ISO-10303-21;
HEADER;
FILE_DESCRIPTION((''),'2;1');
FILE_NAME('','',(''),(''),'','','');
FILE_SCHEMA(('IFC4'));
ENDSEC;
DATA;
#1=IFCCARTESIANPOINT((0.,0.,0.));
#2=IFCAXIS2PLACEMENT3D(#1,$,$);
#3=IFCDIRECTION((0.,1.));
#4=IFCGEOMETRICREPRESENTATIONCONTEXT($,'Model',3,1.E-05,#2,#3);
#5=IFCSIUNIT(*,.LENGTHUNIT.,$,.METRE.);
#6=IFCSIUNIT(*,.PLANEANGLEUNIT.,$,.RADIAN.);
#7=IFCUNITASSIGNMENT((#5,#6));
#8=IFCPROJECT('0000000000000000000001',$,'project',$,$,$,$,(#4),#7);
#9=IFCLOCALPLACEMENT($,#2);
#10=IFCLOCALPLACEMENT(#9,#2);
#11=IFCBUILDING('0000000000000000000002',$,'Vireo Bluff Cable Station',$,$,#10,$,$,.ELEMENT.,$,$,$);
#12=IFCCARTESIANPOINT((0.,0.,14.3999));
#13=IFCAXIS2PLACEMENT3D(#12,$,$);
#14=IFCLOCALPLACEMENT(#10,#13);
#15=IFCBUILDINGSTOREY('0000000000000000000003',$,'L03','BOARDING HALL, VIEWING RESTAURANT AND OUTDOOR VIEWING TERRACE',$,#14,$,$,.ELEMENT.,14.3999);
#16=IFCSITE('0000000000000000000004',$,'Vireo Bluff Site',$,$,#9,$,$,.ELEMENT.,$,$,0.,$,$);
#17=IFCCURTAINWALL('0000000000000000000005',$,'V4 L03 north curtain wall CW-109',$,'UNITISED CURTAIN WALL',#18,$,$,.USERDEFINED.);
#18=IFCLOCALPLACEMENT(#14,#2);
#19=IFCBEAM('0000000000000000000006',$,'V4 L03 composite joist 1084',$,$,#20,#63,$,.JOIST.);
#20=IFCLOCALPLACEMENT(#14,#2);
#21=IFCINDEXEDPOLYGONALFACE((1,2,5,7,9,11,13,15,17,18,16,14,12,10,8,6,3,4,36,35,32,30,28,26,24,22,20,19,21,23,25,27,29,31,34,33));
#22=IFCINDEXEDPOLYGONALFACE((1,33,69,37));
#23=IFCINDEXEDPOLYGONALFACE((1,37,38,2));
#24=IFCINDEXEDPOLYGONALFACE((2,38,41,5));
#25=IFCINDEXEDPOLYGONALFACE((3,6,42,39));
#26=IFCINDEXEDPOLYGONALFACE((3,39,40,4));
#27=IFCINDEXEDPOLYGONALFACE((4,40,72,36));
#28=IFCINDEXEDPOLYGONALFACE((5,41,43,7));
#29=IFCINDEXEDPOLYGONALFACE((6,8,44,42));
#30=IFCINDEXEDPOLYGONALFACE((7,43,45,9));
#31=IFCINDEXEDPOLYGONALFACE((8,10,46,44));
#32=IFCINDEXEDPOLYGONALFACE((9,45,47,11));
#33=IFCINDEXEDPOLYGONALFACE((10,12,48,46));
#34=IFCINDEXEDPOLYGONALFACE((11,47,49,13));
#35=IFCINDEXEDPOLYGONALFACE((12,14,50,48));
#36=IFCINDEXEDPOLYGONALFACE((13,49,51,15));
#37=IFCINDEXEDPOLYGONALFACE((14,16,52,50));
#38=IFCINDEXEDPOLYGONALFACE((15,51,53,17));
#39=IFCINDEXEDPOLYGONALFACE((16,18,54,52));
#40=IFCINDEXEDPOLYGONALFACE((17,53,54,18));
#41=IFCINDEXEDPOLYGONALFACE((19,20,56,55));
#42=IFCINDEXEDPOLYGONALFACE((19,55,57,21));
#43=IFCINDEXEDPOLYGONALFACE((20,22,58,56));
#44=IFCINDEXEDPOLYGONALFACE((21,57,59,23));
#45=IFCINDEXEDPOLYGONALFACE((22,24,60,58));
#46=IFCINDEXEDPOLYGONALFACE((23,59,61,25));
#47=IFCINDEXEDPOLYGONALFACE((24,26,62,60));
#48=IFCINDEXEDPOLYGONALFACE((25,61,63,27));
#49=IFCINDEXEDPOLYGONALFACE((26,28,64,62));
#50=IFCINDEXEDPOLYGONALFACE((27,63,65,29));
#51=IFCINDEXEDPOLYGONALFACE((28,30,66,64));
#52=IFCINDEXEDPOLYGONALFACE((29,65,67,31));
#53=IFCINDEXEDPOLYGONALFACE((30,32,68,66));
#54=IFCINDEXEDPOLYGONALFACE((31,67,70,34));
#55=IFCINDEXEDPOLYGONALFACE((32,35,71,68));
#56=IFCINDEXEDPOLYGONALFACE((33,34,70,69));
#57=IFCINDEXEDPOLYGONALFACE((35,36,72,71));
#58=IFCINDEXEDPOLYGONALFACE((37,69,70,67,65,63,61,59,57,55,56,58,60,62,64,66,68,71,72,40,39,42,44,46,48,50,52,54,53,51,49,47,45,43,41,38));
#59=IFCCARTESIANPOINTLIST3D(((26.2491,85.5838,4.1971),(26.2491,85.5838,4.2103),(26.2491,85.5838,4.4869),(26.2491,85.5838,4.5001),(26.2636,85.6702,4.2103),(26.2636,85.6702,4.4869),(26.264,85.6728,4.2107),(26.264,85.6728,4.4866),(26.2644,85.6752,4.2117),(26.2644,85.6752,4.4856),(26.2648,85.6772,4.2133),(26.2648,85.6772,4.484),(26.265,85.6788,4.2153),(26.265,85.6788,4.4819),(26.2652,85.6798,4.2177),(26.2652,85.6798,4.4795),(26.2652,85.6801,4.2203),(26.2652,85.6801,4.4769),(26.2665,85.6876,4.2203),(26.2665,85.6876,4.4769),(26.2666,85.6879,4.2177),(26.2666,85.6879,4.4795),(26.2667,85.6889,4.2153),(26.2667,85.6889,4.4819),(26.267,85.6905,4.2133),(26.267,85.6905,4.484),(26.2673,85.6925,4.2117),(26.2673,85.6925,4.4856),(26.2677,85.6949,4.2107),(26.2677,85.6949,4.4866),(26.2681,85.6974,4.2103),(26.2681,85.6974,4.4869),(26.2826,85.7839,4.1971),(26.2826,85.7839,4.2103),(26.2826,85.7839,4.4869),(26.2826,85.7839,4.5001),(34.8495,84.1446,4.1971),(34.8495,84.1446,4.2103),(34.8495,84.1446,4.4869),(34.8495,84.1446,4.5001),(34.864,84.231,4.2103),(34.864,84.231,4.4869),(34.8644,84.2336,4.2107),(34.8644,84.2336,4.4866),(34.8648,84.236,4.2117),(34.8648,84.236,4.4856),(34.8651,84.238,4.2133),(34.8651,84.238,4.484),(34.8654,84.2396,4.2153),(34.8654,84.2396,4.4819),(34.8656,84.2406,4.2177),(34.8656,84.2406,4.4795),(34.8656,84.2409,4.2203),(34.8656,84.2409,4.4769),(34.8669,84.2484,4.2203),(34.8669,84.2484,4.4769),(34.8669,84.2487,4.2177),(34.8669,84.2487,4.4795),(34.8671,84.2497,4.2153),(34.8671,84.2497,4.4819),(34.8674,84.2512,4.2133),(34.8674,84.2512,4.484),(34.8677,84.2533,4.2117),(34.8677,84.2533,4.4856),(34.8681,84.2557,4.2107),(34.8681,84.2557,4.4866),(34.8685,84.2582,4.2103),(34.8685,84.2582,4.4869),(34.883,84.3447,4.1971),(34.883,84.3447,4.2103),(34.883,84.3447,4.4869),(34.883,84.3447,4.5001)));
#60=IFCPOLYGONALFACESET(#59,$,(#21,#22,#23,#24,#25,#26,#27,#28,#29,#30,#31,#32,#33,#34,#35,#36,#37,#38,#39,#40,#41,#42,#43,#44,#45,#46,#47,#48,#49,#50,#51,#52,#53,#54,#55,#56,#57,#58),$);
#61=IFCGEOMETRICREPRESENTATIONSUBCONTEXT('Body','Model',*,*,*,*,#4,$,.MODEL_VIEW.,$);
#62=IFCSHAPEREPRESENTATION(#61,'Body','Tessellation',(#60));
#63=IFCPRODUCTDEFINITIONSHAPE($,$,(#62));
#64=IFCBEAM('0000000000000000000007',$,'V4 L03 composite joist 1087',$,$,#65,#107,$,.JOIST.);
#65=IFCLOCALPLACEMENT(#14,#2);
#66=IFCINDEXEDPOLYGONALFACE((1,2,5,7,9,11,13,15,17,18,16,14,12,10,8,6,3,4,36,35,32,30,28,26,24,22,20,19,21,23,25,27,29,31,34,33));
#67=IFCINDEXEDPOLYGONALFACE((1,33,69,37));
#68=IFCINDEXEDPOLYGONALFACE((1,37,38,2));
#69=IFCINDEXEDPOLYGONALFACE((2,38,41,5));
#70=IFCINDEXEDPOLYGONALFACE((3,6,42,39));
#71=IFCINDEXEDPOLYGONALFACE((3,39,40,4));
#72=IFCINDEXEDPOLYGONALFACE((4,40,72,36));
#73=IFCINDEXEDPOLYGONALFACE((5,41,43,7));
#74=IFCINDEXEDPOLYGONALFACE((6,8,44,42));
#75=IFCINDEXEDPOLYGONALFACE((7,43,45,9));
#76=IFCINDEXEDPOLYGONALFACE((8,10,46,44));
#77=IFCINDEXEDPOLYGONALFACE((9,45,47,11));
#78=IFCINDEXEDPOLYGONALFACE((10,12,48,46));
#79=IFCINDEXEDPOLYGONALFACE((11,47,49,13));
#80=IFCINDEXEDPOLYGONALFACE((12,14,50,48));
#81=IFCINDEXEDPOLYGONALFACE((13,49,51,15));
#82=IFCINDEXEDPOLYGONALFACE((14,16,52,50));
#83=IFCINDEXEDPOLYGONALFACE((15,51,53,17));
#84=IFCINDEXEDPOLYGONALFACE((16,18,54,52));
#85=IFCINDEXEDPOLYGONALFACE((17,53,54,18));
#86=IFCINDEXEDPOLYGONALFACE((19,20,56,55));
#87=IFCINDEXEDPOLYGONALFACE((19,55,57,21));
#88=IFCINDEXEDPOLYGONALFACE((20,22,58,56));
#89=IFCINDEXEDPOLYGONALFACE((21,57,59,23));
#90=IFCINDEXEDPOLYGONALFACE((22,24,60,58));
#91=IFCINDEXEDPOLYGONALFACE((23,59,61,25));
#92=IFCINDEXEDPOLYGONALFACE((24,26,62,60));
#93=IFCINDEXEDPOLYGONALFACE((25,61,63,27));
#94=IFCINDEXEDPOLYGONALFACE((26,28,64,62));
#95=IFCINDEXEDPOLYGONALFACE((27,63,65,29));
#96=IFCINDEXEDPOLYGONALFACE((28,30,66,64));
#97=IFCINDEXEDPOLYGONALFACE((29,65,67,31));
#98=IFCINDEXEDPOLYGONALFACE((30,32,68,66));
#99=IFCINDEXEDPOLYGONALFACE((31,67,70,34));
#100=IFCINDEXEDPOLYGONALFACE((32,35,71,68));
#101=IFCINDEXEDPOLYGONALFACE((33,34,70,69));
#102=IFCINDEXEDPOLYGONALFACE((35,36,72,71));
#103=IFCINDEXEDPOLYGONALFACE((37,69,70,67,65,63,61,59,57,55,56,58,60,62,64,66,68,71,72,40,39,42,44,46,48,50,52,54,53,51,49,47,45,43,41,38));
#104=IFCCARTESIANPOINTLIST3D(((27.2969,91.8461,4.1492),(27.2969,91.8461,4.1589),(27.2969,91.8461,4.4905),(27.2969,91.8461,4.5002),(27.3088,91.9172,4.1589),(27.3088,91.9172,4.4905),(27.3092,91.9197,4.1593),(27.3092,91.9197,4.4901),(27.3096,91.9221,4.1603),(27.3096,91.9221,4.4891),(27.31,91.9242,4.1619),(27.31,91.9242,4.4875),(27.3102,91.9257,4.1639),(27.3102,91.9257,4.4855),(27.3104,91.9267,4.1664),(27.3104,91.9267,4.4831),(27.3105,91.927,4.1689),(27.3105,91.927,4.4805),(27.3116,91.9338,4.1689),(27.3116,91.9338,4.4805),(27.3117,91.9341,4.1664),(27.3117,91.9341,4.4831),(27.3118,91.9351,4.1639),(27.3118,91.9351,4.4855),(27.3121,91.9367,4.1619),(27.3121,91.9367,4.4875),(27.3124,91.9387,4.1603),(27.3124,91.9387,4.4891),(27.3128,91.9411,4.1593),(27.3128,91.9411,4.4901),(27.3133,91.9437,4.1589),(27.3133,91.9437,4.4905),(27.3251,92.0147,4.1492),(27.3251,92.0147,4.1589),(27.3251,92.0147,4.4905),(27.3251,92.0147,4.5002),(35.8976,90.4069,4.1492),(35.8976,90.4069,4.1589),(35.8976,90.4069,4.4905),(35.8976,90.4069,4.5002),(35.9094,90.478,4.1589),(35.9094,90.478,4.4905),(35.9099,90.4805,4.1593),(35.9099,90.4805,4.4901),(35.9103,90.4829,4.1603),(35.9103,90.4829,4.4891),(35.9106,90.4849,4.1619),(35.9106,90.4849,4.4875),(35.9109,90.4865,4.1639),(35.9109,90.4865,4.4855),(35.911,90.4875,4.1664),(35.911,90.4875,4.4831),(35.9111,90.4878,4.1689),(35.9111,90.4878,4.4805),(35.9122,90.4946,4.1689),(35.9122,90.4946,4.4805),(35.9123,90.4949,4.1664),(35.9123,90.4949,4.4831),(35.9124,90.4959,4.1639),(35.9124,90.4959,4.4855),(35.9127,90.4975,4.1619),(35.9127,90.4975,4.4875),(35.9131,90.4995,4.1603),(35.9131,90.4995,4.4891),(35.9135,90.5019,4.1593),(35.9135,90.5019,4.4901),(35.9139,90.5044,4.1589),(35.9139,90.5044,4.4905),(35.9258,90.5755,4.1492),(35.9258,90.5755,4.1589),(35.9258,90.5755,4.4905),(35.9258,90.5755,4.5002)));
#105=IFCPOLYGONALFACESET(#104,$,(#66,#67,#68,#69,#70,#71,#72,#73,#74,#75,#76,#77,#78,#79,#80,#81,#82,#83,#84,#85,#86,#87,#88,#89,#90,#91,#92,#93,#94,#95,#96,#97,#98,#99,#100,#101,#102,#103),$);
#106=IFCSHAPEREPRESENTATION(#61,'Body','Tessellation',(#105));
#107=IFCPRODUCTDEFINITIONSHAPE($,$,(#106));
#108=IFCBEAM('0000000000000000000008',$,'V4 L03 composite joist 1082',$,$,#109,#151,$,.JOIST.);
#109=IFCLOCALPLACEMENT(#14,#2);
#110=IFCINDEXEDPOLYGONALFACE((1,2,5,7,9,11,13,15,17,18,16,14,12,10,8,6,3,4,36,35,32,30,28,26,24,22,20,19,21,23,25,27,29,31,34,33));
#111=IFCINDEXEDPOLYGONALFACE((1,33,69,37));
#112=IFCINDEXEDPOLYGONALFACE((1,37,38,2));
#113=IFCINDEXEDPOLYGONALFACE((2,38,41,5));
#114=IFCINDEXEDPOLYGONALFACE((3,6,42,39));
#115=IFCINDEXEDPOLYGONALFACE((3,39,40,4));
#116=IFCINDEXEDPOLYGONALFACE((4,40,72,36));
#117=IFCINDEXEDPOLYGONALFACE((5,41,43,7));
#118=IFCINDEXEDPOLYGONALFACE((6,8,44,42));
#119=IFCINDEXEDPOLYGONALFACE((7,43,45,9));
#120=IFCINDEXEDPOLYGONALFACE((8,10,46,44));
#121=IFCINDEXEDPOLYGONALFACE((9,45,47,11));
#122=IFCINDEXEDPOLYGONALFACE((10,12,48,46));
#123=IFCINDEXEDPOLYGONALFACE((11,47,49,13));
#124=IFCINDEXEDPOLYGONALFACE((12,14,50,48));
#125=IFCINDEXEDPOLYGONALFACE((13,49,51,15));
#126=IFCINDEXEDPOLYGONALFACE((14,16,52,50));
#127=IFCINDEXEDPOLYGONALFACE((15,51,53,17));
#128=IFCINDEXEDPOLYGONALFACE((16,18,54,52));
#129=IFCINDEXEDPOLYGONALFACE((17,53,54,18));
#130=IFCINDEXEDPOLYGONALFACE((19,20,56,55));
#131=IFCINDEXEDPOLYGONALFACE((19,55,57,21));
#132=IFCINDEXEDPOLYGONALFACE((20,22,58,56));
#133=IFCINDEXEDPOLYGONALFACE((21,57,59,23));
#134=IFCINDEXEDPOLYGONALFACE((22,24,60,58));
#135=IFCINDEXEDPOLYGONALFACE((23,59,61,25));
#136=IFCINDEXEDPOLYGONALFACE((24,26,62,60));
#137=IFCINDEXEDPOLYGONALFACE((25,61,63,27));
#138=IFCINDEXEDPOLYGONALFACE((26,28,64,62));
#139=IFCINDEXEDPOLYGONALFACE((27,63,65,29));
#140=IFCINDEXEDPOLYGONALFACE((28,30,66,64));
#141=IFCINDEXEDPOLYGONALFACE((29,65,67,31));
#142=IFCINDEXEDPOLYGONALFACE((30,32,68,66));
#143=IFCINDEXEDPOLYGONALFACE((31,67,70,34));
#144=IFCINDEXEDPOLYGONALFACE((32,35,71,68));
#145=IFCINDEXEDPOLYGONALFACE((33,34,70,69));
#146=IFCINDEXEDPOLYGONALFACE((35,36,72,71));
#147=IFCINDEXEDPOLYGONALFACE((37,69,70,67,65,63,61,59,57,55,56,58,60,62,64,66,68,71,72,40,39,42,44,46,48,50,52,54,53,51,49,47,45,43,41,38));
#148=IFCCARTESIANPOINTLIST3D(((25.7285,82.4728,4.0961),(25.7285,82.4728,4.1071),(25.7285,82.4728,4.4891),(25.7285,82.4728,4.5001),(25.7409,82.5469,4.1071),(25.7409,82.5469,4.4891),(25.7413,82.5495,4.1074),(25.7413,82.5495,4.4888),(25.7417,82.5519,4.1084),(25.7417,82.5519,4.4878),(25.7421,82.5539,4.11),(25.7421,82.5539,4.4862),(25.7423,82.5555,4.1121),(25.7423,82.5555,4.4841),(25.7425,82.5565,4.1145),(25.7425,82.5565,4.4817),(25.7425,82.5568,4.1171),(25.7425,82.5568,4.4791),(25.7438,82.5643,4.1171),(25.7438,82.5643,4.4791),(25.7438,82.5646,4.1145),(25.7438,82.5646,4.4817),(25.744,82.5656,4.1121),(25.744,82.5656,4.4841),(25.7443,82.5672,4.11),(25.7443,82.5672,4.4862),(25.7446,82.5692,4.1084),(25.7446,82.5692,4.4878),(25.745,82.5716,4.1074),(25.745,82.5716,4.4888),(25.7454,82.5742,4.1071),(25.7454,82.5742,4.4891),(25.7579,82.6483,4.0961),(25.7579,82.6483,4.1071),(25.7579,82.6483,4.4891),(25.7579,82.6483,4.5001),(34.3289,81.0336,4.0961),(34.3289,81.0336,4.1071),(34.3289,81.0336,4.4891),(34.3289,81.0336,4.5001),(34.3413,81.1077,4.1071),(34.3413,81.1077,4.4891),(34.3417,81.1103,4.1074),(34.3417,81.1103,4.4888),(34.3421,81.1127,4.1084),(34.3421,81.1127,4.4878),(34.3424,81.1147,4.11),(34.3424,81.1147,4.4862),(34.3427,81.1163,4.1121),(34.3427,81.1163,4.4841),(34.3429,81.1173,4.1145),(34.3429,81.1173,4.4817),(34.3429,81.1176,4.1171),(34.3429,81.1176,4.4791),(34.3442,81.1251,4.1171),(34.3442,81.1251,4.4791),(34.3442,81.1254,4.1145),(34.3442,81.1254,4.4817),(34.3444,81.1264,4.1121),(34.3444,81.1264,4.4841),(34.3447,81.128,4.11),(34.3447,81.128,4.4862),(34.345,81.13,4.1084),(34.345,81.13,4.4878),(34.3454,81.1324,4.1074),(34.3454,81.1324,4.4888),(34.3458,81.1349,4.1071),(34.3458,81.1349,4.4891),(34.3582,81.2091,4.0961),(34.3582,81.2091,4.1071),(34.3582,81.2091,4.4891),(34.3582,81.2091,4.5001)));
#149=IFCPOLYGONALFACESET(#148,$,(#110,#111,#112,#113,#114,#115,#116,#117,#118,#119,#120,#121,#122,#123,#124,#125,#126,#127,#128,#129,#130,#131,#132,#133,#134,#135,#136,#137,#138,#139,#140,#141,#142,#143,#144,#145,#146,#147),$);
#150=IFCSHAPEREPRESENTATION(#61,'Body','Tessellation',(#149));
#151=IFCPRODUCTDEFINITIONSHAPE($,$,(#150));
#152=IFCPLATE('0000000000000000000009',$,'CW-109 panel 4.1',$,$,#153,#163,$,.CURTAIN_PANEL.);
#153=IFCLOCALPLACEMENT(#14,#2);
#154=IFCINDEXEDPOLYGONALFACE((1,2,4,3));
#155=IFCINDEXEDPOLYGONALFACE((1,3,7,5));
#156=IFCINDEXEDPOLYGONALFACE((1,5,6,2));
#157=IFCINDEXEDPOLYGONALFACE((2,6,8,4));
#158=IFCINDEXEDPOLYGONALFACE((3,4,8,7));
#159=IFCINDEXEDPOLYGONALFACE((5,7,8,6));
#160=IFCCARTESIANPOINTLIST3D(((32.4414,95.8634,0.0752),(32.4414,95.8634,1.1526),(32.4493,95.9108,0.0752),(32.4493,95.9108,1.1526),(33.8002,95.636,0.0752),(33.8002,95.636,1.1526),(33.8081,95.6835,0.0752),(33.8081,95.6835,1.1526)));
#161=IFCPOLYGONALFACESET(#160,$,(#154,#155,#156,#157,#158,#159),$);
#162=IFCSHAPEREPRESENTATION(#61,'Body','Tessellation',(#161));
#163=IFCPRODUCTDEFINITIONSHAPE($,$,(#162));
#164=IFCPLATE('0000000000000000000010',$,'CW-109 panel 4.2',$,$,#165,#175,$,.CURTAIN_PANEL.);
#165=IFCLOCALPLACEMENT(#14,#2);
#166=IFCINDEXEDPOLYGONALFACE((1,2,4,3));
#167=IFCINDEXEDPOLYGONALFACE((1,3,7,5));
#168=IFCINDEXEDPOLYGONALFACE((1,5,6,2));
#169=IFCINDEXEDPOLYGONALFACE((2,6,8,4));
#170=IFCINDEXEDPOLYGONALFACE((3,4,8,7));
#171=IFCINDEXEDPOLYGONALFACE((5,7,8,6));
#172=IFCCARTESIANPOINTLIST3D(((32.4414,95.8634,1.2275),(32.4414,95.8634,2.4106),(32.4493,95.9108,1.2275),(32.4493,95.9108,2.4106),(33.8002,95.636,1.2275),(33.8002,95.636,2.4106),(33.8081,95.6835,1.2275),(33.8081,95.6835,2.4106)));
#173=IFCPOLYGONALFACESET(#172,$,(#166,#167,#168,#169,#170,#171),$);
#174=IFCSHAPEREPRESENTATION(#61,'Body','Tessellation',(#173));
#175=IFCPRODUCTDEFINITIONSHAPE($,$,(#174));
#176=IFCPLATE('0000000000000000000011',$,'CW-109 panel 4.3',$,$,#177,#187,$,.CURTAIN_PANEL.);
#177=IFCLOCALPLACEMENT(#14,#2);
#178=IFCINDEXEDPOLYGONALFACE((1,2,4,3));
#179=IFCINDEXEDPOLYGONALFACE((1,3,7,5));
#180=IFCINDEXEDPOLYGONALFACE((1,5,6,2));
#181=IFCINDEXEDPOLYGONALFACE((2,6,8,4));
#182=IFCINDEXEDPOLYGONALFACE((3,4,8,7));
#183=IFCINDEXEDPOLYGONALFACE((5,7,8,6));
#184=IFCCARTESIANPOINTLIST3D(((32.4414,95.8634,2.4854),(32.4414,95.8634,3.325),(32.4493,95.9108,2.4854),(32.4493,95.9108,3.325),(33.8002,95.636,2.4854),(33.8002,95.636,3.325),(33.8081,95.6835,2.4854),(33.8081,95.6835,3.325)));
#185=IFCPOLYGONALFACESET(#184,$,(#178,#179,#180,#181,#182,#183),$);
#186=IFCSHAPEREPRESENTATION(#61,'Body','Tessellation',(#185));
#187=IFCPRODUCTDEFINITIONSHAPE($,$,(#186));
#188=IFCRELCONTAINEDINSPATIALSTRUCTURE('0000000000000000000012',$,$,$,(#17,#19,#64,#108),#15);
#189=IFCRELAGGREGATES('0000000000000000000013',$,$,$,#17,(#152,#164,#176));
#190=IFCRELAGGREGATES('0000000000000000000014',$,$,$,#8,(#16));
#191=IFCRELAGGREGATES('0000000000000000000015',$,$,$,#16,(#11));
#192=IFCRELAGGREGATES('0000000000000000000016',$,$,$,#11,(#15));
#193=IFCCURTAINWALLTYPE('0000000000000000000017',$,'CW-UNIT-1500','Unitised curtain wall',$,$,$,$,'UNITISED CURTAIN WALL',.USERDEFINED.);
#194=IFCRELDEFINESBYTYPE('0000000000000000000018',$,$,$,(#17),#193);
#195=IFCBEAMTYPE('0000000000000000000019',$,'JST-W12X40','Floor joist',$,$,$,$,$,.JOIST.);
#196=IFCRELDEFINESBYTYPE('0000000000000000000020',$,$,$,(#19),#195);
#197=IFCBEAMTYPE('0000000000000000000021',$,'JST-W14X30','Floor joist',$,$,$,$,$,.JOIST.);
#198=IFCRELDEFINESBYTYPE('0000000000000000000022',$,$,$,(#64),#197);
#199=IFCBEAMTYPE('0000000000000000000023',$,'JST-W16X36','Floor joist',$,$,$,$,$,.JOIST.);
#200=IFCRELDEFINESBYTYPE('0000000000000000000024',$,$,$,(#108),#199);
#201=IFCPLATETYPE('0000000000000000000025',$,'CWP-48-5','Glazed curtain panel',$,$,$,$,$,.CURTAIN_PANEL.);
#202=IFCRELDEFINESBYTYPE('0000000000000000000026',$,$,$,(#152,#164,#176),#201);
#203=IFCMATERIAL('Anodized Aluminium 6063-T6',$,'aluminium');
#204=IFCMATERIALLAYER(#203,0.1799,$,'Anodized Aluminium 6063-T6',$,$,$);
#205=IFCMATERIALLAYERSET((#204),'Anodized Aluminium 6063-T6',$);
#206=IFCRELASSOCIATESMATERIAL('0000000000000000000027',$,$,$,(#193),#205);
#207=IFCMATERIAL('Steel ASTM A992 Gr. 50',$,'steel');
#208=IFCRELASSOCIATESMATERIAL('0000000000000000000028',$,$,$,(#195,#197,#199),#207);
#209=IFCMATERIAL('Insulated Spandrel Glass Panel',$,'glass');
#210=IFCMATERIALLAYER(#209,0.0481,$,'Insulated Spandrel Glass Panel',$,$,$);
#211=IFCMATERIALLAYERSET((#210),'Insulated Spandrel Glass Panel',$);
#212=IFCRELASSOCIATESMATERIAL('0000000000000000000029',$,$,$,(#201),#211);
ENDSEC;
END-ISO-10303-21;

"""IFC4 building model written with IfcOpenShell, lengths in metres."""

from ifc_helpers import new_model, si_unit, direction, frame, origin, origin_2d, place, context, subcontext, project, spatial, rectangle, i_section, extrude, material, layer, layer_set, material_profile, profile_set, type_object, element, aggregate, save


model = new_model("IFC4")

# Units and contexts
model_context = context("Model", 3, precision=1e-05, world=origin(), true_north=direction((0.0, 1.0)))
body_context = subcontext(model_context, "Body", "Model", "MODEL_VIEW")
ifc_project = project(units=[si_unit("LENGTHUNIT", "METRE"), si_unit("PLANEANGLEUNIT", "RADIAN")], contexts=[model_context])

# Site, building, storey
site_placement = place(None, origin())
site = spatial("IfcSite", under=ifc_project, at=site_placement, Name="Vireo Bluff Site", CompositionType="ELEMENT", RefElevation=0.0)
building_placement = place(site_placement, origin())
building = spatial("IfcBuilding", under=site, at=building_placement, Name="Vireo Bluff Cable Station", CompositionType="ELEMENT")
storey_placement = place(building_placement, frame((0.0, 0.0, 14.3999)))
storey = spatial("IfcBuildingStorey", under=building, at=storey_placement, Name="L03", Description="BOARDING HALL, VIEWING RESTAURANT AND OUTDOOR VIEWING TERRACE", CompositionType="ELEMENT", Elevation=14.3999)

# Shared definitions
ifc_material_1 = material(Name="Steel ASTM A992 Gr. 50", Category="steel")

# Curtain wall
ifc_material_2 = material(Name="Anodized Aluminium 6063-T6", Category="aluminium")
ifc_layer_1 = layer(ifc_material_2, 0.1799, Name="Anodized Aluminium 6063-T6")
ifc_layer_set_1 = layer_set([ifc_layer_1], Name="Anodized Aluminium 6063-T6")
curtain_wall_type_1 = type_object("IfcCurtainWallType", Name="CW-UNIT-1500", Description="Unitised curtain wall", ElementType="UNITISED CURTAIN WALL", PredefinedType="USERDEFINED", material=ifc_layer_set_1)
curtain_wall_1_placement = place(storey_placement, origin())
curtain_wall_1 = element("IfcCurtainWall", 1, at=curtain_wall_1_placement, inside=storey, type_object=curtain_wall_type_1, Name="V4 L03 north curtain wall CW-109", ObjectType="UNITISED CURTAIN WALL", PredefinedType="USERDEFINED")

# Beams
ifc_material_profile_1 = material_profile(ifc_material_1, i_section(OverallWidth=0.2029, OverallDepth=0.303, WebThickness=0.0076, FlangeThickness=0.0132, FilletRadius=0.01, at=origin_2d()), Name="W12X40")
ifc_profile_set_1 = profile_set([ifc_material_profile_1], Name="Steel ASTM A992 Gr. 50")
beam_type_1 = type_object("IfcBeamType", Name="JST-W12X40", Description="Floor joist", PredefinedType="JOIST", material=ifc_profile_set_1)
for number, where, z_axis, x_axis, name in (
    (2, (26.2659, 85.6838, 4.3486), (0.986286, -0.165048, 0.0), (0.165048, 0.986286, 0.0), "V4 L03 composite joist 1084"),
):
    element("IfcBeam", number, at=place(storey_placement, frame(where, z_axis=z_axis, x_axis=x_axis)), inside=storey, type_object=beam_type_1, Name=name, PredefinedType="JOIST", context=body_context, shape_type="SweptSolid", body=[
        extrude(i_section(OverallWidth=0.2029, OverallDepth=0.303, WebThickness=0.0076, FlangeThickness=0.0132, FilletRadius=0.01, at=origin_2d()), origin(), (0.0, 0.0, 1.0), 8.72),
    ])
ifc_material_profile_2 = material_profile(ifc_material_1, i_section(OverallWidth=0.1709, OverallDepth=0.3511, WebThickness=0.0068, FlangeThickness=0.0098, FilletRadius=0.01, at=origin_2d()), Name="W14X30")
ifc_profile_set_2 = profile_set([ifc_material_profile_2], Name="Steel ASTM A992 Gr. 50")
beam_type_2 = type_object("IfcBeamType", Name="JST-W14X30", Description="Floor joist", PredefinedType="JOIST", material=ifc_profile_set_2)
beam_1_placement = place(storey_placement, frame((27.311, 91.9304, 4.3247), z_axis=(0.986286, -0.165044, 0.0), x_axis=(0.165044, 0.986286, 0.0)))
element("IfcBeam", 3, at=beam_1_placement, inside=storey, type_object=beam_type_2, Name="V4 L03 composite joist 1087", PredefinedType="JOIST", context=body_context, shape_type="SweptSolid", body=[
    extrude(i_section(OverallWidth=0.1709, OverallDepth=0.3511, WebThickness=0.0068, FlangeThickness=0.0098, FilletRadius=0.01, at=origin_2d()), origin(), (0.0, 0.0, 1.0), 8.7202),
])
ifc_material_profile_3 = material_profile(ifc_material_1, i_section(OverallWidth=0.178, OverallDepth=0.4041, WebThickness=0.0076, FlangeThickness=0.011, FilletRadius=0.01, at=origin_2d()), Name="W16X36")
ifc_profile_set_3 = profile_set([ifc_material_profile_3], Name="Steel ASTM A992 Gr. 50")
beam_type_3 = type_object("IfcBeamType", Name="JST-W16X36", Description="Floor joist", PredefinedType="JOIST", material=ifc_profile_set_3)
beam_2_placement = place(storey_placement, frame((25.7432, 82.5605, 4.2981), z_axis=(0.986286, -0.165048, 0.0), x_axis=(0.165048, 0.986286, 0.0)))
element("IfcBeam", 4, at=beam_2_placement, inside=storey, type_object=beam_type_3, Name="V4 L03 composite joist 1082", PredefinedType="JOIST", context=body_context, shape_type="SweptSolid", body=[
    extrude(i_section(OverallWidth=0.178, OverallDepth=0.4041, WebThickness=0.0076, FlangeThickness=0.011, FilletRadius=0.01, at=origin_2d()), origin(), (0.0, 0.0, 1.0), 8.72),
])

# Plates
ifc_material_3 = material(Name="Insulated Spandrel Glass Panel", Category="glass")
ifc_layer_2 = layer(ifc_material_3, 0.0481, Name="Insulated Spandrel Glass Panel")
ifc_layer_set_2 = layer_set([ifc_layer_2], Name="Insulated Spandrel Glass Panel")
plate_type = type_object("IfcPlateType", Name="CWP-48-5", Description="Glazed curtain panel", PredefinedType="CURTAIN_PANEL", material=ifc_layer_set_2)
plate_1_placement = place(storey_placement, frame((33.1248, 95.7734, 0.0752), z_axis=(0.0, 0.0, 1.0), x_axis=(0.986286, -0.165048, 0.0)))
plate_1 = element("IfcPlate", 5, at=plate_1_placement, type_object=plate_type, Name="CW-109 panel 4.1", PredefinedType="CURTAIN_PANEL", context=body_context, shape_type="SweptSolid", body=[
    extrude(rectangle(XDim=1.3777, YDim=0.0481, at=origin_2d()), origin(), (0.0, 0.0, 1.0), 1.0774),
])
plate_2_placement = place(storey_placement, frame((33.1248, 95.7734, 1.2275), z_axis=(0.0, 0.0, 1.0), x_axis=(0.986286, -0.165048, 0.0)))
plate_2 = element("IfcPlate", 6, at=plate_2_placement, type_object=plate_type, Name="CW-109 panel 4.2", PredefinedType="CURTAIN_PANEL", context=body_context, shape_type="SweptSolid", body=[
    extrude(rectangle(XDim=1.3777, YDim=0.0481, at=origin_2d()), origin(), (0.0, 0.0, 1.0), 1.1831),
])
plate_3_placement = place(storey_placement, frame((33.1248, 95.7734, 2.4854), z_axis=(0.0, 0.0, 1.0), x_axis=(0.986286, -0.165048, 0.0)))
plate_3 = element("IfcPlate", 7, at=plate_3_placement, type_object=plate_type, Name="CW-109 panel 4.3", PredefinedType="CURTAIN_PANEL", context=body_context, shape_type="SweptSolid", body=[
    extrude(rectangle(XDim=1.3777, YDim=0.0481, at=origin_2d()), origin(), (0.0, 0.0, 1.0), 0.8396),
])
aggregate(curtain_wall_1, [plate_1, plate_2, plate_3])

save(model, "model.ifc")
